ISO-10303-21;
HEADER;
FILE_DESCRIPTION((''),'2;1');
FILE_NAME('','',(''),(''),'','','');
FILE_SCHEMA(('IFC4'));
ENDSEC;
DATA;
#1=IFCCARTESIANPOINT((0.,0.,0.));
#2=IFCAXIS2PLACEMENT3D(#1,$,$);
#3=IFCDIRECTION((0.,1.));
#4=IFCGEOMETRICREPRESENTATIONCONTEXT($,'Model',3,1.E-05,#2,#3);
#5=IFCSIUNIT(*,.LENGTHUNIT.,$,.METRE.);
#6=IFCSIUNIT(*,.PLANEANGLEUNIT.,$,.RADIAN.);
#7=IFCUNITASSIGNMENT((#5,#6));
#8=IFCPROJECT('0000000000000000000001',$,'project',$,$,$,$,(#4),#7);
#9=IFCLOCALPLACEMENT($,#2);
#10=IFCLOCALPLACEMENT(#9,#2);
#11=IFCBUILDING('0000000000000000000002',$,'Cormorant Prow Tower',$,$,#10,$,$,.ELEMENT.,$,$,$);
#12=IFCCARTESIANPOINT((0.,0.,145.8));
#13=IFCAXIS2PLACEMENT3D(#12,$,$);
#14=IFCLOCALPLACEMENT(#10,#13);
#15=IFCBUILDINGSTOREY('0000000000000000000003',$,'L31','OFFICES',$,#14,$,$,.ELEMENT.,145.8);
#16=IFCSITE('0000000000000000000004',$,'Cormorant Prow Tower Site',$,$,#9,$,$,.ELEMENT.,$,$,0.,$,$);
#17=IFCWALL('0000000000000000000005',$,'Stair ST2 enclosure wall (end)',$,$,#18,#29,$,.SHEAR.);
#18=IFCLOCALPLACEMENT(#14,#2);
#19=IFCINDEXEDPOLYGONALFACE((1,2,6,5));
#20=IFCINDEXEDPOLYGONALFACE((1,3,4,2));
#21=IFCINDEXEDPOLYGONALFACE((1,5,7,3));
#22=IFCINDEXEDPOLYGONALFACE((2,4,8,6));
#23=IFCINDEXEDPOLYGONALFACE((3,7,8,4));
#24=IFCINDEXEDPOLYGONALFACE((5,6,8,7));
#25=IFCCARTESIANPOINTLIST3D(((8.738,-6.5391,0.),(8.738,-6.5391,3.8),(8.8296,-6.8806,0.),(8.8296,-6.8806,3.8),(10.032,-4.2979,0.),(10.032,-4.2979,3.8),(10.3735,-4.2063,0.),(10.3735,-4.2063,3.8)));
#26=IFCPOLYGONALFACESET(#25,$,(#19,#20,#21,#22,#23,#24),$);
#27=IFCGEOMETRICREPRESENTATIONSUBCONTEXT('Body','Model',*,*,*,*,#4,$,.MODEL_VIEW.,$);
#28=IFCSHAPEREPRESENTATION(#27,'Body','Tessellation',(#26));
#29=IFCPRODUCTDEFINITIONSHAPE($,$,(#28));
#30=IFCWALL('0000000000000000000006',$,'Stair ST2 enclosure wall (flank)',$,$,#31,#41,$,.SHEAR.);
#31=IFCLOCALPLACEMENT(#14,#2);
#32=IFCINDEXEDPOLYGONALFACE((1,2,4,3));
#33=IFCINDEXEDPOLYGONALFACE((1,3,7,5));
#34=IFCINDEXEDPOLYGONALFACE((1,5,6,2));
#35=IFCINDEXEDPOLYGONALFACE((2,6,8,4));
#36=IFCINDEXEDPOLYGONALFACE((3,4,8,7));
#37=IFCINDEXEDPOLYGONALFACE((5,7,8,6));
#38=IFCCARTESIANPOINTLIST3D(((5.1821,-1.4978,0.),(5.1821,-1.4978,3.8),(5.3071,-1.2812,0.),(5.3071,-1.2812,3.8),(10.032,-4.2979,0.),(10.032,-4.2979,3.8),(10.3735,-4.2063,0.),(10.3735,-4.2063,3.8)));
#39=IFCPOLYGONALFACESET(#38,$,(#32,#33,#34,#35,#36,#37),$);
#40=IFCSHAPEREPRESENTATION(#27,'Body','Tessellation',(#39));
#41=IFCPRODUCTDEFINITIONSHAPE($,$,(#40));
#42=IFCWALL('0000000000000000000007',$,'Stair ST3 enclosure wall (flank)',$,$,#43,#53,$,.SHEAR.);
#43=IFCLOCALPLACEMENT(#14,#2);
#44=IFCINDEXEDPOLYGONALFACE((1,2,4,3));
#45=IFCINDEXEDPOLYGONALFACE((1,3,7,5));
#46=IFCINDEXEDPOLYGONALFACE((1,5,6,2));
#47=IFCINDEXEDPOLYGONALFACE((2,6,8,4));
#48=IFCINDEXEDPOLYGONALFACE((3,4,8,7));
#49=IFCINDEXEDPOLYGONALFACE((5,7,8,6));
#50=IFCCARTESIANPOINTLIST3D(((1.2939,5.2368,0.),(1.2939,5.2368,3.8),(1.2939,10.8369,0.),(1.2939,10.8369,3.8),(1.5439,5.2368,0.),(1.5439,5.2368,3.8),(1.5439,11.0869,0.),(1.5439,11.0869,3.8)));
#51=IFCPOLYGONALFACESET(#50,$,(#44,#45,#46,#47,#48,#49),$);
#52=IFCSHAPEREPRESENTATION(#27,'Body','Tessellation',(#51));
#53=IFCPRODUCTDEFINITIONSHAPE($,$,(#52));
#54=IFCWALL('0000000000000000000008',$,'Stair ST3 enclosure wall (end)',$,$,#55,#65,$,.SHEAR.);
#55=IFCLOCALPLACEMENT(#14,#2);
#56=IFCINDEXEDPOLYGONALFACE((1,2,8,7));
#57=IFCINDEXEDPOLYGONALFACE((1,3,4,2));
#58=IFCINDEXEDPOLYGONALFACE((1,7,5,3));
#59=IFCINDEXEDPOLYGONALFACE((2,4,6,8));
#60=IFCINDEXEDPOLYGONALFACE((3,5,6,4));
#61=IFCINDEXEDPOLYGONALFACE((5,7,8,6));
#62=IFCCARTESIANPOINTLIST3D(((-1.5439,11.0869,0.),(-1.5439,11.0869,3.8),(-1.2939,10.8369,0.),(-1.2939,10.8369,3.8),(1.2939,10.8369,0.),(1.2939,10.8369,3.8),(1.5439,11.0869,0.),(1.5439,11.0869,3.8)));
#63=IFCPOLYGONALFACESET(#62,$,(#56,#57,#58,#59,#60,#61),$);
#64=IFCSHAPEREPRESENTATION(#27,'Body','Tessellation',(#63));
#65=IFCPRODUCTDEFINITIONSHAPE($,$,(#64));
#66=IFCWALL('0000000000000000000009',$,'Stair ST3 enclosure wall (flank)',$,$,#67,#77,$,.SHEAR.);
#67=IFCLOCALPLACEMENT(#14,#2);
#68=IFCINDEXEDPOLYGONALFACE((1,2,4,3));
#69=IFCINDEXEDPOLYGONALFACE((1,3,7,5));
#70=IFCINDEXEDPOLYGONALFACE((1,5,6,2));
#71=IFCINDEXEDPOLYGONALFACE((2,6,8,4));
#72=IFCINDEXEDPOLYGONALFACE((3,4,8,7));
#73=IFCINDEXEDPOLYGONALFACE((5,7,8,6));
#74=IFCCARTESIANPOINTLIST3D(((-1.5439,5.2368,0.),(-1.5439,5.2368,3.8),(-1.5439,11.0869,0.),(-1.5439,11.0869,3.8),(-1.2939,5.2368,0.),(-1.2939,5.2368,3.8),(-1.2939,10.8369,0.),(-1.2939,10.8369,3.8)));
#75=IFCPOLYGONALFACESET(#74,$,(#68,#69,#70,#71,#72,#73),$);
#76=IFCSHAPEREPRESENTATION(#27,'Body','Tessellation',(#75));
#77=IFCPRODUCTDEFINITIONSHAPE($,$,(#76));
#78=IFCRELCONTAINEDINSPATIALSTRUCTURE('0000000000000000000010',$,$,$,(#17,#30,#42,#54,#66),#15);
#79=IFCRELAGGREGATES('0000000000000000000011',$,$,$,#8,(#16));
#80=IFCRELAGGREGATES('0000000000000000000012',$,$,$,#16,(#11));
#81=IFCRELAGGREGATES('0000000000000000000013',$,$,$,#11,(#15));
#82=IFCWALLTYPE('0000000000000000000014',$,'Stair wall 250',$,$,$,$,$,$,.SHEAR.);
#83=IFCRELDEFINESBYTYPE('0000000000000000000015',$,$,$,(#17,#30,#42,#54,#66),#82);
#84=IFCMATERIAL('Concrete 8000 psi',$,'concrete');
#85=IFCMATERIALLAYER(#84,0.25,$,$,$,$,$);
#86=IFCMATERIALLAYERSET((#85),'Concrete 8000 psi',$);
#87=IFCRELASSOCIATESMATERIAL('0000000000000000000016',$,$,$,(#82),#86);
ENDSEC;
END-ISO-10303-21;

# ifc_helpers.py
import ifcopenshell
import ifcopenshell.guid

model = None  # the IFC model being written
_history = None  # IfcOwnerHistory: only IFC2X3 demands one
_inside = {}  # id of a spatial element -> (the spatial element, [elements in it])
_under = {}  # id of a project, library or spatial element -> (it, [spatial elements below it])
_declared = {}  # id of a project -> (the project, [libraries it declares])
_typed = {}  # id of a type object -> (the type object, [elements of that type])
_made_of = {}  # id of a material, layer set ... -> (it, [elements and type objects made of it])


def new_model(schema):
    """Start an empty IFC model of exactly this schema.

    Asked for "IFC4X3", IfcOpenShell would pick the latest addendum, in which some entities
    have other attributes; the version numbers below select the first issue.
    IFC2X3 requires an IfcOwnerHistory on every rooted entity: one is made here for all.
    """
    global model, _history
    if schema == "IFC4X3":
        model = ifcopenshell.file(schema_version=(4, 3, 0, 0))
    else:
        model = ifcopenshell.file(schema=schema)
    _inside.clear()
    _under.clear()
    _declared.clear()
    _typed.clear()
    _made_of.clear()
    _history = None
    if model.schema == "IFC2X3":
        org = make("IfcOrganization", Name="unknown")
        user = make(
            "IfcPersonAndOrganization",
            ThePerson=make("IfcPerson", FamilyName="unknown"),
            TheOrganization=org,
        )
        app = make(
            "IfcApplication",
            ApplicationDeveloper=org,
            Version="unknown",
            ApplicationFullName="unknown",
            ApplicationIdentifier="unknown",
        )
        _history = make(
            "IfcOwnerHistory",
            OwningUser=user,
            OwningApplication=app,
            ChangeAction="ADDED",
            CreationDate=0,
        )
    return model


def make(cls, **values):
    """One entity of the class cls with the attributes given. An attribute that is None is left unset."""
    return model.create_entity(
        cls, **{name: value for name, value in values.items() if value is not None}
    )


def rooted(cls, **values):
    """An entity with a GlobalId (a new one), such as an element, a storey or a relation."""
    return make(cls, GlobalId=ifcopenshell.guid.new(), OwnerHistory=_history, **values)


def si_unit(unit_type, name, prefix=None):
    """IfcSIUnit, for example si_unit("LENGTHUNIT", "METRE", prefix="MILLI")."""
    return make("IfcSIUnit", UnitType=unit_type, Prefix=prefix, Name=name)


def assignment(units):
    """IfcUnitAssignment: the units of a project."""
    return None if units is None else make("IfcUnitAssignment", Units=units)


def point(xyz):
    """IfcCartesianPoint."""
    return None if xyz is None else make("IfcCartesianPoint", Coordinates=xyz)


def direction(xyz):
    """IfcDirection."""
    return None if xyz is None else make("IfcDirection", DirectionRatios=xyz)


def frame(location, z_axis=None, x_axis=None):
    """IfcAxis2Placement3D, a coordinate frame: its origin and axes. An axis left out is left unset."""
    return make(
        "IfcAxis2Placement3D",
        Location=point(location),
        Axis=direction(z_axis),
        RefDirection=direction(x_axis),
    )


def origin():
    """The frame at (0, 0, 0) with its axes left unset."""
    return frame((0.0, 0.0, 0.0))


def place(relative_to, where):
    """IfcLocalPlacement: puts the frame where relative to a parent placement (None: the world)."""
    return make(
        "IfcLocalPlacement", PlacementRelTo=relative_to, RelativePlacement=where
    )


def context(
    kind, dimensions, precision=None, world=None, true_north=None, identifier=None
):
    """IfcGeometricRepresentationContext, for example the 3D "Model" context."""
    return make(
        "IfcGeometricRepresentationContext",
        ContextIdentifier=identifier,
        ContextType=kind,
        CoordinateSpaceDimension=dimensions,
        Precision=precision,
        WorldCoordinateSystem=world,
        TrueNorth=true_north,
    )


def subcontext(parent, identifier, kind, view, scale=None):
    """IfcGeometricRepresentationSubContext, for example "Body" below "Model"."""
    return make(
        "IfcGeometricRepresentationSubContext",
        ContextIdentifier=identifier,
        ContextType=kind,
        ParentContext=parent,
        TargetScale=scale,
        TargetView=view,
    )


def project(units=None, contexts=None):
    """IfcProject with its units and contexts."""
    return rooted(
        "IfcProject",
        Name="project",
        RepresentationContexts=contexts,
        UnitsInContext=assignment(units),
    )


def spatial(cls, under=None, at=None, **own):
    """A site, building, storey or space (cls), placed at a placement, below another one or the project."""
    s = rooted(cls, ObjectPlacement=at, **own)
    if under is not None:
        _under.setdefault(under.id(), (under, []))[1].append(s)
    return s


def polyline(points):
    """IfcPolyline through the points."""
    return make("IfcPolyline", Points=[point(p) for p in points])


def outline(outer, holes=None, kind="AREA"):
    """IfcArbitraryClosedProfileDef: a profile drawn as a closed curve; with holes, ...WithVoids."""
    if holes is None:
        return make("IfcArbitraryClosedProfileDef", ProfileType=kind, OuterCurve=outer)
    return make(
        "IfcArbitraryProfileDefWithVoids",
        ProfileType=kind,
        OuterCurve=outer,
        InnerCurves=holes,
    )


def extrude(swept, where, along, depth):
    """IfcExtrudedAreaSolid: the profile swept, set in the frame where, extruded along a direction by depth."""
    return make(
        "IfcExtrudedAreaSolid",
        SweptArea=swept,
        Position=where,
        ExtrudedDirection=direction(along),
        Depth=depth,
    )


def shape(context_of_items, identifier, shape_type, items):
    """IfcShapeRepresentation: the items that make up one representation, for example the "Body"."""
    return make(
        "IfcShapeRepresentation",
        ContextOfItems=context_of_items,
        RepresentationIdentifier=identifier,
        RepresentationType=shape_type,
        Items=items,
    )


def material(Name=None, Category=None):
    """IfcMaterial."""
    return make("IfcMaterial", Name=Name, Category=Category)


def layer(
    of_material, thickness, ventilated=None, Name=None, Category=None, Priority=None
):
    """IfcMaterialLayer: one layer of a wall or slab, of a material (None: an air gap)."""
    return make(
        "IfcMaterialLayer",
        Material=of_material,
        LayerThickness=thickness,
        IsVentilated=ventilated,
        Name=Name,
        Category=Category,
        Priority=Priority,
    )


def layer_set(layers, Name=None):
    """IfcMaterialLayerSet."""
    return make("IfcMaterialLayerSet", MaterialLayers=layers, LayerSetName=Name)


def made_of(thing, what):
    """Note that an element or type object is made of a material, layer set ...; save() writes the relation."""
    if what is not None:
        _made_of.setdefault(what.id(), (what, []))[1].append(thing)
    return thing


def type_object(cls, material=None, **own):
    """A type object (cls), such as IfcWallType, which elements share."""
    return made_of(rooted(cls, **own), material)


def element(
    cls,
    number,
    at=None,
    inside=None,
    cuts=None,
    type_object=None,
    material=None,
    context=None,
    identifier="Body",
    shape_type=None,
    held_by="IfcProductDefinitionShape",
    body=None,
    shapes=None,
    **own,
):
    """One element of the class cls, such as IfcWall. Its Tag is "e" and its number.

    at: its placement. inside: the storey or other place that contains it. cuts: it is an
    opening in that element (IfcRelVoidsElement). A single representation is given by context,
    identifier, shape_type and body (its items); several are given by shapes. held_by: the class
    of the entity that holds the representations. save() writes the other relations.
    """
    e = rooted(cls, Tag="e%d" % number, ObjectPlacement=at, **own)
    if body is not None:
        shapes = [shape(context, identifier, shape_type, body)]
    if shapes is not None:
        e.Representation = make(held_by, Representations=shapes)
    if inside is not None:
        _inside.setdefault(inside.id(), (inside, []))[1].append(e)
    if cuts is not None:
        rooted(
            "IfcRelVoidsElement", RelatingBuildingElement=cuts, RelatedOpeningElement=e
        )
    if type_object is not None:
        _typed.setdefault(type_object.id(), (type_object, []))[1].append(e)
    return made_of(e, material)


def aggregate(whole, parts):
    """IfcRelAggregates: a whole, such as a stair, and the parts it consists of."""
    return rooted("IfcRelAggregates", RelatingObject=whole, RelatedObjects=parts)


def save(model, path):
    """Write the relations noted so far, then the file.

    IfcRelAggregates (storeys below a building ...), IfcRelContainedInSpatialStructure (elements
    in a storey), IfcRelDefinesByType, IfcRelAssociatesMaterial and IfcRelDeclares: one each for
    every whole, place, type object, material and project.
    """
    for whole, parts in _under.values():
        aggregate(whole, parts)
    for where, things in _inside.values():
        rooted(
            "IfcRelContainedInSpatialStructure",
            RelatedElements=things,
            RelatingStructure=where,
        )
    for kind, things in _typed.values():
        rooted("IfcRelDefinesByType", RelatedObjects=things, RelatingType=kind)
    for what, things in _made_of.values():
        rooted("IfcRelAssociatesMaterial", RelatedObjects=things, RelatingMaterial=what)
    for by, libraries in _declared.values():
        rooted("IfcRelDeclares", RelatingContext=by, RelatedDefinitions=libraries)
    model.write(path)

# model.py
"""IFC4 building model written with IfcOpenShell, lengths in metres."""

from ifc_helpers import new_model, si_unit, direction, frame, origin, place, context, subcontext, project, spatial, polyline, outline, extrude, material, layer, layer_set, type_object, element, save


model = new_model("IFC4")

# Units and contexts
model_context = context("Model", 3, precision=1e-05, world=origin(), true_north=direction((0.0, 1.0)))
body_context = subcontext(model_context, "Body", "Model", "MODEL_VIEW")
ifc_project = project(units=[si_unit("LENGTHUNIT", "METRE"), si_unit("PLANEANGLEUNIT", "RADIAN")], contexts=[model_context])

# Site, building, storey
site_placement = place(None, origin())
site = spatial("IfcSite", under=ifc_project, at=site_placement, Name="Cormorant Prow Tower Site", CompositionType="ELEMENT", RefElevation=0.0)
building_placement = place(site_placement, origin())
building = spatial("IfcBuilding", under=site, at=building_placement, Name="Cormorant Prow Tower", CompositionType="ELEMENT")
storey_placement = place(building_placement, frame((0.0, 0.0, 145.8)))
storey = spatial("IfcBuildingStorey", under=building, at=storey_placement, Name="L31", Description="OFFICES", CompositionType="ELEMENT", Elevation=145.8)

# Walls
ifc_material_1 = material(Name="Concrete 8000 psi", Category="concrete")
ifc_layer_1 = layer(ifc_material_1, 0.25)
ifc_layer_set_1 = layer_set([ifc_layer_1], Name="Concrete 8000 psi")
wall_type_1 = type_object("IfcWallType", Name="Stair wall 250", PredefinedType="SHEAR", material=ifc_layer_set_1)
wall_1_placement = place(storey_placement, origin())
element("IfcWall", 1, at=wall_1_placement, inside=storey, type_object=wall_type_1, Name="Stair ST2 enclosure wall (end)", PredefinedType="SHEAR", context=body_context, shape_type="SweptSolid", body=[
    extrude(outline(polyline([(8.8296, -6.8806), (10.3735, -4.2063), (10.032, -4.2979), (8.738, -6.5391), (8.8296, -6.8806)])), origin(), (0.0, 0.0, 1.0), 3.8),
])
wall_2_placement = place(storey_placement, origin())
element("IfcWall", 2, at=wall_2_placement, inside=storey, type_object=wall_type_1, Name="Stair ST2 enclosure wall (flank)", PredefinedType="SHEAR", context=body_context, shape_type="SweptSolid", body=[
    extrude(outline(polyline([(10.032, -4.2979), (10.3735, -4.2063), (5.3071, -1.2812), (5.1821, -1.4978), (10.032, -4.2979)])), origin(), (0.0, 0.0, 1.0), 3.8),
])
wall_3_placement = place(storey_placement, origin())
element("IfcWall", 3, at=wall_3_placement, inside=storey, type_object=wall_type_1, Name="Stair ST3 enclosure wall (flank)", PredefinedType="SHEAR", context=body_context, shape_type="SweptSolid", body=[
    extrude(outline(polyline([(1.5439, 5.2368), (1.5439, 11.0869), (1.2939, 10.8369), (1.2939, 5.2368), (1.5439, 5.2368)])), origin(), (0.0, 0.0, 1.0), 3.8),
])
wall_4_placement = place(storey_placement, origin())
element("IfcWall", 4, at=wall_4_placement, inside=storey, type_object=wall_type_1, Name="Stair ST3 enclosure wall (end)", PredefinedType="SHEAR", context=body_context, shape_type="SweptSolid", body=[
    extrude(outline(polyline([(1.5439, 11.0869), (-1.5439, 11.0869), (-1.2939, 10.8369), (1.2939, 10.8369), (1.5439, 11.0869)])), origin(), (0.0, 0.0, 1.0), 3.8),
])
wall_5_placement = place(storey_placement, origin())
element("IfcWall", 5, at=wall_5_placement, inside=storey, type_object=wall_type_1, Name="Stair ST3 enclosure wall (flank)", PredefinedType="SHEAR", context=body_context, shape_type="SweptSolid", body=[
    extrude(outline(polyline([(-1.2939, 10.8369), (-1.5439, 11.0869), (-1.5439, 5.2368), (-1.2939, 5.2368), (-1.2939, 10.8369)])), origin(), (0.0, 0.0, 1.0), 3.8),
])

save(model, "model.ifc")
